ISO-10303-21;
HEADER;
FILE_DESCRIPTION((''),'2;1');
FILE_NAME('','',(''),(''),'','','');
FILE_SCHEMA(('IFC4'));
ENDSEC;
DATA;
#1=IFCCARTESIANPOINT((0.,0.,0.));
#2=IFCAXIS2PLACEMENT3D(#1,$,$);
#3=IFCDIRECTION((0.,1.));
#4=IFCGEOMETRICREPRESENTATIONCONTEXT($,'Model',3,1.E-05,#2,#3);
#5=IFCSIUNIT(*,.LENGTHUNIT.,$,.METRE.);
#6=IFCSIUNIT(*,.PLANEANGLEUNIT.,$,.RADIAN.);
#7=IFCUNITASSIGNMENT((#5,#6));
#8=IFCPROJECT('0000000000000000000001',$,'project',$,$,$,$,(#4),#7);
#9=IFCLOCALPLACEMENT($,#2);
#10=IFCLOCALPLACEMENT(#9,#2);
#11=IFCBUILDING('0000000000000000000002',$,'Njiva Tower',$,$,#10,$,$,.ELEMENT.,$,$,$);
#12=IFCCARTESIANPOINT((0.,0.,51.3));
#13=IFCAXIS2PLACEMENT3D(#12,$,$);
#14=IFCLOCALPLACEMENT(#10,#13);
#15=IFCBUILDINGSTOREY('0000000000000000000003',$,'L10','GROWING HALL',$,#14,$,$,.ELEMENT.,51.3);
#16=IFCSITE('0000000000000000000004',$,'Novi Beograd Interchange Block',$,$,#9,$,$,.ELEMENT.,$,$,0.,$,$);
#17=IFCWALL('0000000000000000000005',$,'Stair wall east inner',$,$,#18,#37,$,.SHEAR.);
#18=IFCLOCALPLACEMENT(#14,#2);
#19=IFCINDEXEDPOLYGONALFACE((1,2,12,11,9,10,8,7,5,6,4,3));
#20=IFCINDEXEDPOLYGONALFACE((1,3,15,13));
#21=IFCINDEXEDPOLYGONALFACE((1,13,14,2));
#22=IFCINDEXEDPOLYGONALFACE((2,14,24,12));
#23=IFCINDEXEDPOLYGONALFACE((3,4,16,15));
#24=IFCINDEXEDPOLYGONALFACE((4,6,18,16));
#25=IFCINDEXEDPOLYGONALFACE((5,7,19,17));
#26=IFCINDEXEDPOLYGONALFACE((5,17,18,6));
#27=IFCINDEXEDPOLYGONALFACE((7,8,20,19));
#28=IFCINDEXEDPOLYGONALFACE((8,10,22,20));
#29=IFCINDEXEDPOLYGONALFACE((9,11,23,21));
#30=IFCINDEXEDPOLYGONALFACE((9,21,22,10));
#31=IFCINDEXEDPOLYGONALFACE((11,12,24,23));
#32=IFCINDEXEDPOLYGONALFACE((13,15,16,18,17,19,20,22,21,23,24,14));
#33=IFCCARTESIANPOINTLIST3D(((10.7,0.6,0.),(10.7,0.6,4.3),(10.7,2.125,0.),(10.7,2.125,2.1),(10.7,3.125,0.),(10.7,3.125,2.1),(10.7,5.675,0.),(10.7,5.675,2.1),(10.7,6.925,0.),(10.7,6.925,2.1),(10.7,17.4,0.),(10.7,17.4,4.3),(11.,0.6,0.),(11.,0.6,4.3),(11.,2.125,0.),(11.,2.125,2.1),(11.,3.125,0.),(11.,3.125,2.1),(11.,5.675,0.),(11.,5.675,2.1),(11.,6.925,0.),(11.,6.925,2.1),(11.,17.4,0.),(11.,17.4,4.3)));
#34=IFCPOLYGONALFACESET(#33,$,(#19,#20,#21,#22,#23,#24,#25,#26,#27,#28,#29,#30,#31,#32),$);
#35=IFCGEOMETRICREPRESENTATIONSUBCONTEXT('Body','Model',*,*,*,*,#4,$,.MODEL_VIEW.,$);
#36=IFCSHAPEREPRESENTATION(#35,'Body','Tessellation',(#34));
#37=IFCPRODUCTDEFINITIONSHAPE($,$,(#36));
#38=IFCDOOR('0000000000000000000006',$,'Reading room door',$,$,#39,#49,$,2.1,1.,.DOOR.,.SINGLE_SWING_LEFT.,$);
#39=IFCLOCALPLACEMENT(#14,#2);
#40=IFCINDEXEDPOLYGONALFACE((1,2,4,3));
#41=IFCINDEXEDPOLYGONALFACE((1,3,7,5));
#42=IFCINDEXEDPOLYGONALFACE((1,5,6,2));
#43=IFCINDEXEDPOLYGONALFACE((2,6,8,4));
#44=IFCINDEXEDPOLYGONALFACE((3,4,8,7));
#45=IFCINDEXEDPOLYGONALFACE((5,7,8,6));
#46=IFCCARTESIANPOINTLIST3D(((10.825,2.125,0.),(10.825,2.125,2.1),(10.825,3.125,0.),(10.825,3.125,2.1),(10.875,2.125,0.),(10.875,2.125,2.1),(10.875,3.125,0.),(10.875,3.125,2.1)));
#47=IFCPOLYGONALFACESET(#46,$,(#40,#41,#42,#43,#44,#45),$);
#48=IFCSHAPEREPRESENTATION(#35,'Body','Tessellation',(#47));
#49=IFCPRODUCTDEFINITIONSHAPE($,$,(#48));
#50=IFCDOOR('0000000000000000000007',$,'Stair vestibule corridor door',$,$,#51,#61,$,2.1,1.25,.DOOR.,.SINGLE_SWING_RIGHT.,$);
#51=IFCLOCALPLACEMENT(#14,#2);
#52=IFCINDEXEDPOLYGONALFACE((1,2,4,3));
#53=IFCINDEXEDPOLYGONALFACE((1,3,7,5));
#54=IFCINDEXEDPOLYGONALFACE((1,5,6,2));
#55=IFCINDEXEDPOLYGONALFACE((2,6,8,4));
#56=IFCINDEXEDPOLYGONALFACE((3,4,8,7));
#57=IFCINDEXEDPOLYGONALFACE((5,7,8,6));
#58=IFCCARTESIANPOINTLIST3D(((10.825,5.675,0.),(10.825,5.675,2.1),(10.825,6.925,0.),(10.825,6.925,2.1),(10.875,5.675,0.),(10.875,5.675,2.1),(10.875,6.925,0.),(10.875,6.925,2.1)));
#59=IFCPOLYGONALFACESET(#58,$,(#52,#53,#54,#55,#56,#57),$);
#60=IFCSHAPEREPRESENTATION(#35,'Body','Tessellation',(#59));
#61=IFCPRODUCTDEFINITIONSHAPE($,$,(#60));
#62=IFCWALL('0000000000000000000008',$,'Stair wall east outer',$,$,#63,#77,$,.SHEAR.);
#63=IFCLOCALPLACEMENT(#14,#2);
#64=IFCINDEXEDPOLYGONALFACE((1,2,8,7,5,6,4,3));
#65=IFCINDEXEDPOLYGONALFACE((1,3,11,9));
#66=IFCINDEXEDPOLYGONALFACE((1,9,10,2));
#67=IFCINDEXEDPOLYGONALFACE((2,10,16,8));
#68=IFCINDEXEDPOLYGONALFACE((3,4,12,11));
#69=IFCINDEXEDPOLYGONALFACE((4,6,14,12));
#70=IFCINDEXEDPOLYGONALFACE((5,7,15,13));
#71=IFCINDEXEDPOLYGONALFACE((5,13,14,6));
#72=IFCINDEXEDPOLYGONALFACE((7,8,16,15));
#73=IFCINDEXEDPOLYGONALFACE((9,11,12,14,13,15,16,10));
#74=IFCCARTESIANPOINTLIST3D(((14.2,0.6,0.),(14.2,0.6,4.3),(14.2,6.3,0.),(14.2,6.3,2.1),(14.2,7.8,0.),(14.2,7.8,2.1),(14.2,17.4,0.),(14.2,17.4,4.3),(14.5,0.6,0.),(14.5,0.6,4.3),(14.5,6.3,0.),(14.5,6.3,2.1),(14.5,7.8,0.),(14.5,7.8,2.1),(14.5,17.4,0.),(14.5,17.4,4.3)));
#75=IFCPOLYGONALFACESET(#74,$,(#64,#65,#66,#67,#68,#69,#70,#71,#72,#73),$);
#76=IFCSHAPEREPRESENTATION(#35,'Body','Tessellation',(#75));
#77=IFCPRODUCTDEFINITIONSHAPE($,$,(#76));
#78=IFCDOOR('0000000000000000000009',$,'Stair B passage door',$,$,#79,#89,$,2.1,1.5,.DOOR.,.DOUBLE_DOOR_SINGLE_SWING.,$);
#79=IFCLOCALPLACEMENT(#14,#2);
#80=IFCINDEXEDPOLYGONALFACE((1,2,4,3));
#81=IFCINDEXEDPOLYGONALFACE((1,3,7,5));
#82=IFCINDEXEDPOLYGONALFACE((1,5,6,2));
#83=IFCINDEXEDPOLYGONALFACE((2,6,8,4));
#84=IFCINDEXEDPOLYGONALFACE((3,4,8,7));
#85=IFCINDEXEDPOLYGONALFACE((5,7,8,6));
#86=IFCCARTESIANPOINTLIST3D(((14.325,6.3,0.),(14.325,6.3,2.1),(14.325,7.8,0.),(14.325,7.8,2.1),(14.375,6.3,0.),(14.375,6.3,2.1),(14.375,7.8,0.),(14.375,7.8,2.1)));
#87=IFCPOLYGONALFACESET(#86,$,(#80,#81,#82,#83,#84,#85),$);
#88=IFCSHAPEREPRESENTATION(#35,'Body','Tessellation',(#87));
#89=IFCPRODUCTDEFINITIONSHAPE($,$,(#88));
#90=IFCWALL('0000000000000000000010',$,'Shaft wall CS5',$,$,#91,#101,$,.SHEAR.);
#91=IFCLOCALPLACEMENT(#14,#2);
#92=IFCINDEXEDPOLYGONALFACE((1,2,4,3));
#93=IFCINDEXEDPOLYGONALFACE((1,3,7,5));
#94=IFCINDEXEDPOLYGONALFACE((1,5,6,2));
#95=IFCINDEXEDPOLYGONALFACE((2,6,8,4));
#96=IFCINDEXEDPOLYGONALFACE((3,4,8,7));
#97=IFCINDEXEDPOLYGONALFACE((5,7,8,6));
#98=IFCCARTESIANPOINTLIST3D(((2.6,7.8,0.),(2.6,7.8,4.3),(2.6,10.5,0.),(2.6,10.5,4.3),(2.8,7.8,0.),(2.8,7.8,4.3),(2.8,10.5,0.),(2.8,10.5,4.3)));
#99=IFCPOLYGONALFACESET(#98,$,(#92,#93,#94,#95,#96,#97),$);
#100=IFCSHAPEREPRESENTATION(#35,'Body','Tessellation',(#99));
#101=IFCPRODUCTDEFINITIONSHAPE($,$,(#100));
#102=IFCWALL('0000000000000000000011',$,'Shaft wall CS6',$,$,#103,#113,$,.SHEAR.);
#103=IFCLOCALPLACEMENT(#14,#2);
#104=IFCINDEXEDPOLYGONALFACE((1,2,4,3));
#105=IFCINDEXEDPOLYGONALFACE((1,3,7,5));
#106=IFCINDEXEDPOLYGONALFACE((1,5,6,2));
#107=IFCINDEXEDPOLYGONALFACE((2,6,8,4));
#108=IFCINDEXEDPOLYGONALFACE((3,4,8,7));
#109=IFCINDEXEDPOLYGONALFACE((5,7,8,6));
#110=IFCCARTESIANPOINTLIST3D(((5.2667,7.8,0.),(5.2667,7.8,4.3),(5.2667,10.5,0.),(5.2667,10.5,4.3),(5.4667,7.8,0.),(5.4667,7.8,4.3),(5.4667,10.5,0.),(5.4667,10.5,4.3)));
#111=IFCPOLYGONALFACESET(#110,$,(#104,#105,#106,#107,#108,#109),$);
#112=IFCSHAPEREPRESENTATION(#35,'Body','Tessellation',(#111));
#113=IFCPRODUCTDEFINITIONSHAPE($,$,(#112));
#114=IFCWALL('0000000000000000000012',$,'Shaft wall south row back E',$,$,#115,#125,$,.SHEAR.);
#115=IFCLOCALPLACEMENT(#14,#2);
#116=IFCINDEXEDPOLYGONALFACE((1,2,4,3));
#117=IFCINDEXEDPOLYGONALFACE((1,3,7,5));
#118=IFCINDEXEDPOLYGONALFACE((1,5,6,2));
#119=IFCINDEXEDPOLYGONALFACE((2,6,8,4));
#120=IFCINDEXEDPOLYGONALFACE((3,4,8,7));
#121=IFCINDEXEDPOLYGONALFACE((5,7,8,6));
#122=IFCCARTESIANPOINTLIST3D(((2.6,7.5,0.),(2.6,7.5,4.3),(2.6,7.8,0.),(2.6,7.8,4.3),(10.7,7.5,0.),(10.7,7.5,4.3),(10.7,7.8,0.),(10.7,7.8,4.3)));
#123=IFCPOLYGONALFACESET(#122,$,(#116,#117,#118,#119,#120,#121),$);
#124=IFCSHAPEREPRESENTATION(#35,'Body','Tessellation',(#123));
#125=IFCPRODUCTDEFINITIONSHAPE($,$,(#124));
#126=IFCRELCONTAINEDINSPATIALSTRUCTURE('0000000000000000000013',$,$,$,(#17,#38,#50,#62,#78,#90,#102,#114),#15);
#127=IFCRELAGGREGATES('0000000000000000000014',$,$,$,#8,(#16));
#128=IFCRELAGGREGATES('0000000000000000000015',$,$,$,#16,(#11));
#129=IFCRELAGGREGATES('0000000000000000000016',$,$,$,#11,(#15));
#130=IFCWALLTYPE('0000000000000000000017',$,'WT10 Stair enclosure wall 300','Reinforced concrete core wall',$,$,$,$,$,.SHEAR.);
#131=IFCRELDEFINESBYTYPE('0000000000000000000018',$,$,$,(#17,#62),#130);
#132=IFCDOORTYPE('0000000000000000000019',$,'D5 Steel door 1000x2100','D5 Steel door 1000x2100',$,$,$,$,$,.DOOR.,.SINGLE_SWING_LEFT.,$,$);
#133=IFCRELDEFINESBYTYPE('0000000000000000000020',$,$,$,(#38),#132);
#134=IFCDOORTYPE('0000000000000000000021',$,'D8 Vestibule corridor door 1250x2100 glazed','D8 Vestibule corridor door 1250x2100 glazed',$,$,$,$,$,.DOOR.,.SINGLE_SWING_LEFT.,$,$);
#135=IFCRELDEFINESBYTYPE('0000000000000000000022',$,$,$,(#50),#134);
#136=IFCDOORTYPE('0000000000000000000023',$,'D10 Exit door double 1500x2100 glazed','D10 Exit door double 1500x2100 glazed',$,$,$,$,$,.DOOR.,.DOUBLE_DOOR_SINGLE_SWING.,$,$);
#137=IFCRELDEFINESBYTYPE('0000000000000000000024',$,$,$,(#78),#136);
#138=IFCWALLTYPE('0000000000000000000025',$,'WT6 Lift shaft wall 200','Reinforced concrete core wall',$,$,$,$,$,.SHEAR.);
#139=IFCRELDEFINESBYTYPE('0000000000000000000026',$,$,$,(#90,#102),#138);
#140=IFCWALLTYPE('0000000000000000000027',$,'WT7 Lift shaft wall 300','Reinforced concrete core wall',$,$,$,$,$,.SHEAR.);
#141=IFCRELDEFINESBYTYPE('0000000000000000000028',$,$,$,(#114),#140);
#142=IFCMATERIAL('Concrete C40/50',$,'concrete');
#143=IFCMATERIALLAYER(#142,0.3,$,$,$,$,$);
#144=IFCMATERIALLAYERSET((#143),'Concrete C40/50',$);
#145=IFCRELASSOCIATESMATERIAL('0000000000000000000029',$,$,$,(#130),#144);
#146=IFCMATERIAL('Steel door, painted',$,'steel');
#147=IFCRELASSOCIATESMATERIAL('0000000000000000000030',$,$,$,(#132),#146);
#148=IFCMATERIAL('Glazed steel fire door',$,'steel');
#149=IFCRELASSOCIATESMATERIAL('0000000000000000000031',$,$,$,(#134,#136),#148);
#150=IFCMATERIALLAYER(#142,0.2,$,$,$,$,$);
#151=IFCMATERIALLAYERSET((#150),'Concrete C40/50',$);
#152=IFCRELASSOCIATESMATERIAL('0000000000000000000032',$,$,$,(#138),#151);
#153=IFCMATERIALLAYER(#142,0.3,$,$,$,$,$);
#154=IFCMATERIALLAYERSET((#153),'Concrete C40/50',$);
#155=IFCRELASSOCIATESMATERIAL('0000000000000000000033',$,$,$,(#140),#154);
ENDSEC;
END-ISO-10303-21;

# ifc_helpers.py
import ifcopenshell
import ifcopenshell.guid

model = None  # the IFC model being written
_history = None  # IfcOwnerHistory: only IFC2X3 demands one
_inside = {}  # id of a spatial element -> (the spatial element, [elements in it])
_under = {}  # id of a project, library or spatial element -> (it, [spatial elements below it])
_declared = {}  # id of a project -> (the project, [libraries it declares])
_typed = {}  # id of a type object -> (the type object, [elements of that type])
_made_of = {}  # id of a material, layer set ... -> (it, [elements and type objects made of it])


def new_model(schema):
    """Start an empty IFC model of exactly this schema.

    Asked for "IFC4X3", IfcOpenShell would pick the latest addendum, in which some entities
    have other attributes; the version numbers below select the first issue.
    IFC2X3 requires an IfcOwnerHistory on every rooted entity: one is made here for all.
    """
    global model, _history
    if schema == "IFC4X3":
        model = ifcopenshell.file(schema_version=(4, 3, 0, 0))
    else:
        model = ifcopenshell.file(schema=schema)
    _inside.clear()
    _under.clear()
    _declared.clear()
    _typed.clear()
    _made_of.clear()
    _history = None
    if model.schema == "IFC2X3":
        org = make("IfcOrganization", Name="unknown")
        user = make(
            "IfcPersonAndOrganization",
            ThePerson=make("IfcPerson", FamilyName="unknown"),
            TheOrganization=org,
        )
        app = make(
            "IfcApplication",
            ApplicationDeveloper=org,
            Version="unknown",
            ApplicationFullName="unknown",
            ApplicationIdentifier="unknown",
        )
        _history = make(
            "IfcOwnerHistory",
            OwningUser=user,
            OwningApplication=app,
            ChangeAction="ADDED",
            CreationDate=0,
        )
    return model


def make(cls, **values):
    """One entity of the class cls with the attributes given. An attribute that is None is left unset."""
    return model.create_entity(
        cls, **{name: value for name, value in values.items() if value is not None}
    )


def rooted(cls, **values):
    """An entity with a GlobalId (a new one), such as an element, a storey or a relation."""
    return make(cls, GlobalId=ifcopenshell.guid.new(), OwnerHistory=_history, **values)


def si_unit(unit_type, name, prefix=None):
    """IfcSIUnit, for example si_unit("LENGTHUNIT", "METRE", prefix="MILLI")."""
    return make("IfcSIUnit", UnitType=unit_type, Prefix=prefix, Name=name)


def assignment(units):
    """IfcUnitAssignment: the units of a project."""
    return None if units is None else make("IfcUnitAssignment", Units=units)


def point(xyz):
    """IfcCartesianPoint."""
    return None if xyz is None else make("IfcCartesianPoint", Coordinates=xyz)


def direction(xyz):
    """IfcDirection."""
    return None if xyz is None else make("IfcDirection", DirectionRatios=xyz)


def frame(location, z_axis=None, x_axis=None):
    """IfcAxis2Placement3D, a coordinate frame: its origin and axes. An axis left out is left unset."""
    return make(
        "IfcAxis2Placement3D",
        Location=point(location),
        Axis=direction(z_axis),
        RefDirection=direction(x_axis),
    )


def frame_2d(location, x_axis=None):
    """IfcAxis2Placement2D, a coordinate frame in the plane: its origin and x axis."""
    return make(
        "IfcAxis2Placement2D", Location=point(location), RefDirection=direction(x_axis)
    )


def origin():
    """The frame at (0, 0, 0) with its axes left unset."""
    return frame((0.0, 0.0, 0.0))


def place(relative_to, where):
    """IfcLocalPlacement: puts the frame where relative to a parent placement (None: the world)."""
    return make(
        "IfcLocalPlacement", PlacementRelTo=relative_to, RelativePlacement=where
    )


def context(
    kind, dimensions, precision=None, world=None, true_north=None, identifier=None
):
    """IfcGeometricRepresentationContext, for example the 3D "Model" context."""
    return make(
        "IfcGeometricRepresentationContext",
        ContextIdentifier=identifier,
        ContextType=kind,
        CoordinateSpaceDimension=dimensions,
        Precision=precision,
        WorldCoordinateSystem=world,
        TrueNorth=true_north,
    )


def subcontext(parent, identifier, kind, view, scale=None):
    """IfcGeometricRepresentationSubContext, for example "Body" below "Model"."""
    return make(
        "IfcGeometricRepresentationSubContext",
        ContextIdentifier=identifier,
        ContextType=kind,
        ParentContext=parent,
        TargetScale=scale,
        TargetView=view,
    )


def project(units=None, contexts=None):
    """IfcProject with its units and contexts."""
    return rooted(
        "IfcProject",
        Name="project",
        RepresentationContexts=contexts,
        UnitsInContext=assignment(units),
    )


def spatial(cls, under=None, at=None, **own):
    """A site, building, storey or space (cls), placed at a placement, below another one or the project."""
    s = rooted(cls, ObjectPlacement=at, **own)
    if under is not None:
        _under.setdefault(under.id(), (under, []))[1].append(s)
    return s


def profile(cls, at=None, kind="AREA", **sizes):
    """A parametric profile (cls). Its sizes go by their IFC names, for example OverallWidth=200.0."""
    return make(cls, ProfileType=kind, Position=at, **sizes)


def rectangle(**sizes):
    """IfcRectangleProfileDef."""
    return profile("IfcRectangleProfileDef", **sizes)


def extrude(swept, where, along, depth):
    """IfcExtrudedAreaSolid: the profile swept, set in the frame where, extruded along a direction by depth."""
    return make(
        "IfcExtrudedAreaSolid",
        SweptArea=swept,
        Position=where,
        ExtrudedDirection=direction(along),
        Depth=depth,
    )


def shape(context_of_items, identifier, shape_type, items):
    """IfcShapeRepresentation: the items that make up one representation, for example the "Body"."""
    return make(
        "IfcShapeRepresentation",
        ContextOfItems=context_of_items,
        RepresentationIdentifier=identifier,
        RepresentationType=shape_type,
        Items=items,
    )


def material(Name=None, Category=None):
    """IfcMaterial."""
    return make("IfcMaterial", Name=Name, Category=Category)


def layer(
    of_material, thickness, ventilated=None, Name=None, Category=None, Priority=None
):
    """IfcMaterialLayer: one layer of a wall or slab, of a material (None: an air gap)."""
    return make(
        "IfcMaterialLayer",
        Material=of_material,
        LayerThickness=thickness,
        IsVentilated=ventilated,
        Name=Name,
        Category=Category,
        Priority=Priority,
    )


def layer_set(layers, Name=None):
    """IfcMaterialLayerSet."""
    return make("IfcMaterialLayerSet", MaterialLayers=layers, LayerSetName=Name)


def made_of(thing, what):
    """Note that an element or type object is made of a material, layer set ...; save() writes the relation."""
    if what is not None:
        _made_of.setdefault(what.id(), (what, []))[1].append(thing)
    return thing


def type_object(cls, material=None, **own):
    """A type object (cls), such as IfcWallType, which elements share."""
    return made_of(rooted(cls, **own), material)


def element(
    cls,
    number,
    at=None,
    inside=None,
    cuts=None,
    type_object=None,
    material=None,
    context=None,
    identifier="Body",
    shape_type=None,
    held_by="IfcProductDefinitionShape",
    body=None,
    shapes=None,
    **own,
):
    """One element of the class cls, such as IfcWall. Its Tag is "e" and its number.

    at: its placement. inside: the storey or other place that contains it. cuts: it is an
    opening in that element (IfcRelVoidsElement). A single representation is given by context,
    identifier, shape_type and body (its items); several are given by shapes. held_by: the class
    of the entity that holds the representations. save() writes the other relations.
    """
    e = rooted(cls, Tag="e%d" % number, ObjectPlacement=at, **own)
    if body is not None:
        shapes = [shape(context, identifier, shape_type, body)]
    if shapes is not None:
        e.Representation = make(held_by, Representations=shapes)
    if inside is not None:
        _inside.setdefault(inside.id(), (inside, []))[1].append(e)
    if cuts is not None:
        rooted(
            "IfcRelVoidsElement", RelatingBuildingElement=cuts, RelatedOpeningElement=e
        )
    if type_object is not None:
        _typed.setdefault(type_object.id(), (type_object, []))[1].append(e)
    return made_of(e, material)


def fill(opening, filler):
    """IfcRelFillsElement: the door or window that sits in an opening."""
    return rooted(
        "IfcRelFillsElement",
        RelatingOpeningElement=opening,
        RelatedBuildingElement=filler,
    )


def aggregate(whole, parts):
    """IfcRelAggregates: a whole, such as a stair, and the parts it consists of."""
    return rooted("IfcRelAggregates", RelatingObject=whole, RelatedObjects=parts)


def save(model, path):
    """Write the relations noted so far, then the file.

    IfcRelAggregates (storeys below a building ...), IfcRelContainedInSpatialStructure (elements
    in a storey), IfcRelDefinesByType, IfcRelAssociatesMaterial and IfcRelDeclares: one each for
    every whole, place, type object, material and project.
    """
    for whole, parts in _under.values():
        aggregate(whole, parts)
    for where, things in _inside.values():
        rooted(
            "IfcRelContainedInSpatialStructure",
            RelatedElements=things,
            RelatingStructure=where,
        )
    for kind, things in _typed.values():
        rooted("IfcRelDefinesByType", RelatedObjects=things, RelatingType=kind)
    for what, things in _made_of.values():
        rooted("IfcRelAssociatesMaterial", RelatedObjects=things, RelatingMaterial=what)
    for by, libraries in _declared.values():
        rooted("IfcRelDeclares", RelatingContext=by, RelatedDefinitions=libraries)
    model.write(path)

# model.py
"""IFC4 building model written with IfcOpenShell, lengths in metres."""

from ifc_helpers import new_model, si_unit, direction, frame, frame_2d, origin, place, context, subcontext, project, spatial, rectangle, extrude, material, layer, layer_set, type_object, element, fill, save


model = new_model("IFC4")

# Units and contexts
model_context = context("Model", 3, precision=1e-05, world=origin(), true_north=direction((0.0, 1.0)))
body_context = subcontext(model_context, "Body", "Model", "MODEL_VIEW")
ifc_project = project(units=[si_unit("LENGTHUNIT", "METRE"), si_unit("PLANEANGLEUNIT", "RADIAN")], contexts=[model_context])

# Site, building, storey
site_placement = place(None, origin())
site = spatial("IfcSite", under=ifc_project, at=site_placement, Name="Novi Beograd Interchange Block", CompositionType="ELEMENT", RefElevation=0.0)
building_placement = place(site_placement, origin())
building = spatial("IfcBuilding", under=site, at=building_placement, Name="Njiva Tower", CompositionType="ELEMENT")
storey_placement = place(building_placement, frame((0.0, 0.0, 51.3)))
storey = spatial("IfcBuildingStorey", under=building, at=storey_placement, Name="L10", Description="GROWING HALL", CompositionType="ELEMENT", Elevation=51.3)

# Shared definitions
ifc_material_1 = material(Name="Concrete C40/50", Category="concrete")

# Wall, openings, doors
ifc_layer_1 = layer(ifc_material_1, 0.3)
ifc_layer_set_1 = layer_set([ifc_layer_1], Name="Concrete C40/50")
wall_type_1 = type_object("IfcWallType", Name="WT10 Stair enclosure wall 300", Description="Reinforced concrete core wall", PredefinedType="SHEAR", material=ifc_layer_set_1)
wall_1_placement = place(storey_placement, frame((10.85, 0.6, 0.0), z_axis=(0.0, 0.0, 1.0), x_axis=(0.0, 1.0, 0.0)))
wall_1 = element("IfcWall", 1, at=wall_1_placement, inside=storey, type_object=wall_type_1, Name="Stair wall east inner", PredefinedType="SHEAR", context=body_context, shape_type="SweptSolid", body=[
    extrude(rectangle(XDim=16.8, YDim=0.3, at=frame_2d((8.4, 0.0))), origin(), (0.0, 0.0, 1.0), 4.3),
])
opening_1_placement = place(wall_1_placement, frame((5.075, 0.0, 0.0)))
opening_1 = element("IfcOpeningElement", 2, at=opening_1_placement, cuts=wall_1, PredefinedType="OPENING", context=body_context, shape_type="SweptSolid", body=[
    extrude(rectangle(XDim=1.25, YDim=2.1, at=frame_2d((0.625, 1.05))), frame((0.0, 0.16, 0.0), z_axis=(0.0, -1.0, 0.0), x_axis=(1.0, 0.0, 0.0)), (0.0, 0.0, 1.0), 0.32),
])
opening_2_placement = place(wall_1_placement, frame((1.525, 0.0, 0.0)))
opening_2 = element("IfcOpeningElement", 3, at=opening_2_placement, cuts=wall_1, PredefinedType="OPENING", context=body_context, shape_type="SweptSolid", body=[
    extrude(rectangle(XDim=1.0, YDim=2.1, at=frame_2d((0.5, 1.05))), frame((0.0, 0.16, 0.0), z_axis=(0.0, -1.0, 0.0), x_axis=(1.0, 0.0, 0.0)), (0.0, 0.0, 1.0), 0.32),
])
ifc_material_2 = material(Name="Steel door, painted", Category="steel")
door_type_1 = type_object("IfcDoorType", Name="D5 Steel door 1000x2100", Description="D5 Steel door 1000x2100", OperationType="SINGLE_SWING_LEFT", PredefinedType="DOOR", material=ifc_material_2)
door_1_placement = place(opening_2_placement, origin())
door_1 = element("IfcDoor", 4, at=door_1_placement, inside=storey, type_object=door_type_1, Name="Reading room door", OperationType="SINGLE_SWING_LEFT", OverallHeight=2.1, OverallWidth=1.0, PredefinedType="DOOR", context=body_context, shape_type="SweptSolid", body=[
    extrude(rectangle(XDim=1.0, YDim=2.1, at=frame_2d((0.5, 1.05))), frame((0.0, 0.025, 0.0), z_axis=(0.0, -1.0, 0.0), x_axis=(1.0, 0.0, 0.0)), (0.0, 0.0, 1.0), 0.05),
])
fill(opening_2, door_1)
ifc_material_3 = material(Name="Glazed steel fire door", Category="steel")
door_type_2 = type_object("IfcDoorType", Name="D8 Vestibule corridor door 1250x2100 glazed", Description="D8 Vestibule corridor door 1250x2100 glazed", OperationType="SINGLE_SWING_LEFT", PredefinedType="DOOR", material=ifc_material_3)
door_2_placement = place(opening_1_placement, origin())
door_2 = element("IfcDoor", 5, at=door_2_placement, inside=storey, type_object=door_type_2, Name="Stair vestibule corridor door", OperationType="SINGLE_SWING_RIGHT", OverallHeight=2.1, OverallWidth=1.25, PredefinedType="DOOR", context=body_context, shape_type="SweptSolid", body=[
    extrude(rectangle(XDim=1.25, YDim=2.1, at=frame_2d((0.625, 1.05))), frame((0.0, 0.025, 0.0), z_axis=(0.0, -1.0, 0.0), x_axis=(1.0, 0.0, 0.0)), (0.0, 0.0, 1.0), 0.05),
])
fill(opening_1, door_2)

# Wall, opening, door
wall_2_placement = place(storey_placement, frame((14.35, 0.6, 0.0), z_axis=(0.0, 0.0, 1.0), x_axis=(0.0, 1.0, 0.0)))
wall_2 = element("IfcWall", 6, at=wall_2_placement, inside=storey, type_object=wall_type_1, Name="Stair wall east outer", PredefinedType="SHEAR", context=body_context, shape_type="SweptSolid", body=[
    extrude(rectangle(XDim=16.8, YDim=0.3, at=frame_2d((8.4, 0.0))), origin(), (0.0, 0.0, 1.0), 4.3),
])
opening_3_placement = place(wall_2_placement, frame((5.7, 0.0, 0.0)))
opening_3 = element("IfcOpeningElement", 7, at=opening_3_placement, cuts=wall_2, PredefinedType="OPENING", context=body_context, shape_type="SweptSolid", body=[
    extrude(rectangle(XDim=1.5, YDim=2.1, at=frame_2d((0.75, 1.05))), frame((0.0, 0.16, 0.0), z_axis=(0.0, -1.0, 0.0), x_axis=(1.0, 0.0, 0.0)), (0.0, 0.0, 1.0), 0.32),
])
door_type_3 = type_object("IfcDoorType", Name="D10 Exit door double 1500x2100 glazed", Description="D10 Exit door double 1500x2100 glazed", OperationType="DOUBLE_DOOR_SINGLE_SWING", PredefinedType="DOOR", material=ifc_material_3)
door_3_placement = place(opening_3_placement, origin())
door_3 = element("IfcDoor", 8, at=door_3_placement, inside=storey, type_object=door_type_3, Name="Stair B passage door", OperationType="DOUBLE_DOOR_SINGLE_SWING", OverallHeight=2.1, OverallWidth=1.5, PredefinedType="DOOR", context=body_context, shape_type="SweptSolid", body=[
    extrude(rectangle(XDim=1.5, YDim=2.1, at=frame_2d((0.75, 1.05))), frame((0.0, 0.025, 0.0), z_axis=(0.0, -1.0, 0.0), x_axis=(1.0, 0.0, 0.0)), (0.0, 0.0, 1.0), 0.05),
])
fill(opening_3, door_3)

# Walls
ifc_layer_2 = layer(ifc_material_1, 0.2)
ifc_layer_set_2 = layer_set([ifc_layer_2], Name="Concrete C40/50")
wall_type_2 = type_object("IfcWallType", Name="WT6 Lift shaft wall 200", Description="Reinforced concrete core wall", PredefinedType="SHEAR", material=ifc_layer_set_2)
for number, where, z_axis, x_axis, name in (
    (9, (2.7, 7.8, 0.0), (0.0, 0.0, 1.0), (0.0, 1.0, 0.0), "Shaft wall CS5"),
    (10, (5.3667, 7.8, 0.0), (0.0, 0.0, 1.0), (0.0, 1.0, 0.0), "Shaft wall CS6"),
):
    element("IfcWall", number, at=place(storey_placement, frame(where, z_axis=z_axis, x_axis=x_axis)), inside=storey, type_object=wall_type_2, Name=name, PredefinedType="SHEAR", context=body_context, shape_type="SweptSolid", body=[
        extrude(rectangle(XDim=2.7, YDim=0.2, at=frame_2d((1.35, 0.0))), origin(), (0.0, 0.0, 1.0), 4.3),
    ])
ifc_layer_3 = layer(ifc_material_1, 0.3)
ifc_layer_set_3 = layer_set([ifc_layer_3], Name="Concrete C40/50")
wall_type_3 = type_object("IfcWallType", Name="WT7 Lift shaft wall 300", Description="Reinforced concrete core wall", PredefinedType="SHEAR", material=ifc_layer_set_3)
wall_3_placement = place(storey_placement, frame((2.6, 7.65, 0.0), z_axis=(0.0, 0.0, 1.0), x_axis=(1.0, 0.0, 0.0)))
element("IfcWall", 11, at=wall_3_placement, inside=storey, type_object=wall_type_3, Name="Shaft wall south row back E", PredefinedType="SHEAR", context=body_context, shape_type="SweptSolid", body=[
    extrude(rectangle(XDim=8.1, YDim=0.3, at=frame_2d((4.05, 0.0))), origin(), (0.0, 0.0, 1.0), 4.3),
])

save(model, "model.ifc")
